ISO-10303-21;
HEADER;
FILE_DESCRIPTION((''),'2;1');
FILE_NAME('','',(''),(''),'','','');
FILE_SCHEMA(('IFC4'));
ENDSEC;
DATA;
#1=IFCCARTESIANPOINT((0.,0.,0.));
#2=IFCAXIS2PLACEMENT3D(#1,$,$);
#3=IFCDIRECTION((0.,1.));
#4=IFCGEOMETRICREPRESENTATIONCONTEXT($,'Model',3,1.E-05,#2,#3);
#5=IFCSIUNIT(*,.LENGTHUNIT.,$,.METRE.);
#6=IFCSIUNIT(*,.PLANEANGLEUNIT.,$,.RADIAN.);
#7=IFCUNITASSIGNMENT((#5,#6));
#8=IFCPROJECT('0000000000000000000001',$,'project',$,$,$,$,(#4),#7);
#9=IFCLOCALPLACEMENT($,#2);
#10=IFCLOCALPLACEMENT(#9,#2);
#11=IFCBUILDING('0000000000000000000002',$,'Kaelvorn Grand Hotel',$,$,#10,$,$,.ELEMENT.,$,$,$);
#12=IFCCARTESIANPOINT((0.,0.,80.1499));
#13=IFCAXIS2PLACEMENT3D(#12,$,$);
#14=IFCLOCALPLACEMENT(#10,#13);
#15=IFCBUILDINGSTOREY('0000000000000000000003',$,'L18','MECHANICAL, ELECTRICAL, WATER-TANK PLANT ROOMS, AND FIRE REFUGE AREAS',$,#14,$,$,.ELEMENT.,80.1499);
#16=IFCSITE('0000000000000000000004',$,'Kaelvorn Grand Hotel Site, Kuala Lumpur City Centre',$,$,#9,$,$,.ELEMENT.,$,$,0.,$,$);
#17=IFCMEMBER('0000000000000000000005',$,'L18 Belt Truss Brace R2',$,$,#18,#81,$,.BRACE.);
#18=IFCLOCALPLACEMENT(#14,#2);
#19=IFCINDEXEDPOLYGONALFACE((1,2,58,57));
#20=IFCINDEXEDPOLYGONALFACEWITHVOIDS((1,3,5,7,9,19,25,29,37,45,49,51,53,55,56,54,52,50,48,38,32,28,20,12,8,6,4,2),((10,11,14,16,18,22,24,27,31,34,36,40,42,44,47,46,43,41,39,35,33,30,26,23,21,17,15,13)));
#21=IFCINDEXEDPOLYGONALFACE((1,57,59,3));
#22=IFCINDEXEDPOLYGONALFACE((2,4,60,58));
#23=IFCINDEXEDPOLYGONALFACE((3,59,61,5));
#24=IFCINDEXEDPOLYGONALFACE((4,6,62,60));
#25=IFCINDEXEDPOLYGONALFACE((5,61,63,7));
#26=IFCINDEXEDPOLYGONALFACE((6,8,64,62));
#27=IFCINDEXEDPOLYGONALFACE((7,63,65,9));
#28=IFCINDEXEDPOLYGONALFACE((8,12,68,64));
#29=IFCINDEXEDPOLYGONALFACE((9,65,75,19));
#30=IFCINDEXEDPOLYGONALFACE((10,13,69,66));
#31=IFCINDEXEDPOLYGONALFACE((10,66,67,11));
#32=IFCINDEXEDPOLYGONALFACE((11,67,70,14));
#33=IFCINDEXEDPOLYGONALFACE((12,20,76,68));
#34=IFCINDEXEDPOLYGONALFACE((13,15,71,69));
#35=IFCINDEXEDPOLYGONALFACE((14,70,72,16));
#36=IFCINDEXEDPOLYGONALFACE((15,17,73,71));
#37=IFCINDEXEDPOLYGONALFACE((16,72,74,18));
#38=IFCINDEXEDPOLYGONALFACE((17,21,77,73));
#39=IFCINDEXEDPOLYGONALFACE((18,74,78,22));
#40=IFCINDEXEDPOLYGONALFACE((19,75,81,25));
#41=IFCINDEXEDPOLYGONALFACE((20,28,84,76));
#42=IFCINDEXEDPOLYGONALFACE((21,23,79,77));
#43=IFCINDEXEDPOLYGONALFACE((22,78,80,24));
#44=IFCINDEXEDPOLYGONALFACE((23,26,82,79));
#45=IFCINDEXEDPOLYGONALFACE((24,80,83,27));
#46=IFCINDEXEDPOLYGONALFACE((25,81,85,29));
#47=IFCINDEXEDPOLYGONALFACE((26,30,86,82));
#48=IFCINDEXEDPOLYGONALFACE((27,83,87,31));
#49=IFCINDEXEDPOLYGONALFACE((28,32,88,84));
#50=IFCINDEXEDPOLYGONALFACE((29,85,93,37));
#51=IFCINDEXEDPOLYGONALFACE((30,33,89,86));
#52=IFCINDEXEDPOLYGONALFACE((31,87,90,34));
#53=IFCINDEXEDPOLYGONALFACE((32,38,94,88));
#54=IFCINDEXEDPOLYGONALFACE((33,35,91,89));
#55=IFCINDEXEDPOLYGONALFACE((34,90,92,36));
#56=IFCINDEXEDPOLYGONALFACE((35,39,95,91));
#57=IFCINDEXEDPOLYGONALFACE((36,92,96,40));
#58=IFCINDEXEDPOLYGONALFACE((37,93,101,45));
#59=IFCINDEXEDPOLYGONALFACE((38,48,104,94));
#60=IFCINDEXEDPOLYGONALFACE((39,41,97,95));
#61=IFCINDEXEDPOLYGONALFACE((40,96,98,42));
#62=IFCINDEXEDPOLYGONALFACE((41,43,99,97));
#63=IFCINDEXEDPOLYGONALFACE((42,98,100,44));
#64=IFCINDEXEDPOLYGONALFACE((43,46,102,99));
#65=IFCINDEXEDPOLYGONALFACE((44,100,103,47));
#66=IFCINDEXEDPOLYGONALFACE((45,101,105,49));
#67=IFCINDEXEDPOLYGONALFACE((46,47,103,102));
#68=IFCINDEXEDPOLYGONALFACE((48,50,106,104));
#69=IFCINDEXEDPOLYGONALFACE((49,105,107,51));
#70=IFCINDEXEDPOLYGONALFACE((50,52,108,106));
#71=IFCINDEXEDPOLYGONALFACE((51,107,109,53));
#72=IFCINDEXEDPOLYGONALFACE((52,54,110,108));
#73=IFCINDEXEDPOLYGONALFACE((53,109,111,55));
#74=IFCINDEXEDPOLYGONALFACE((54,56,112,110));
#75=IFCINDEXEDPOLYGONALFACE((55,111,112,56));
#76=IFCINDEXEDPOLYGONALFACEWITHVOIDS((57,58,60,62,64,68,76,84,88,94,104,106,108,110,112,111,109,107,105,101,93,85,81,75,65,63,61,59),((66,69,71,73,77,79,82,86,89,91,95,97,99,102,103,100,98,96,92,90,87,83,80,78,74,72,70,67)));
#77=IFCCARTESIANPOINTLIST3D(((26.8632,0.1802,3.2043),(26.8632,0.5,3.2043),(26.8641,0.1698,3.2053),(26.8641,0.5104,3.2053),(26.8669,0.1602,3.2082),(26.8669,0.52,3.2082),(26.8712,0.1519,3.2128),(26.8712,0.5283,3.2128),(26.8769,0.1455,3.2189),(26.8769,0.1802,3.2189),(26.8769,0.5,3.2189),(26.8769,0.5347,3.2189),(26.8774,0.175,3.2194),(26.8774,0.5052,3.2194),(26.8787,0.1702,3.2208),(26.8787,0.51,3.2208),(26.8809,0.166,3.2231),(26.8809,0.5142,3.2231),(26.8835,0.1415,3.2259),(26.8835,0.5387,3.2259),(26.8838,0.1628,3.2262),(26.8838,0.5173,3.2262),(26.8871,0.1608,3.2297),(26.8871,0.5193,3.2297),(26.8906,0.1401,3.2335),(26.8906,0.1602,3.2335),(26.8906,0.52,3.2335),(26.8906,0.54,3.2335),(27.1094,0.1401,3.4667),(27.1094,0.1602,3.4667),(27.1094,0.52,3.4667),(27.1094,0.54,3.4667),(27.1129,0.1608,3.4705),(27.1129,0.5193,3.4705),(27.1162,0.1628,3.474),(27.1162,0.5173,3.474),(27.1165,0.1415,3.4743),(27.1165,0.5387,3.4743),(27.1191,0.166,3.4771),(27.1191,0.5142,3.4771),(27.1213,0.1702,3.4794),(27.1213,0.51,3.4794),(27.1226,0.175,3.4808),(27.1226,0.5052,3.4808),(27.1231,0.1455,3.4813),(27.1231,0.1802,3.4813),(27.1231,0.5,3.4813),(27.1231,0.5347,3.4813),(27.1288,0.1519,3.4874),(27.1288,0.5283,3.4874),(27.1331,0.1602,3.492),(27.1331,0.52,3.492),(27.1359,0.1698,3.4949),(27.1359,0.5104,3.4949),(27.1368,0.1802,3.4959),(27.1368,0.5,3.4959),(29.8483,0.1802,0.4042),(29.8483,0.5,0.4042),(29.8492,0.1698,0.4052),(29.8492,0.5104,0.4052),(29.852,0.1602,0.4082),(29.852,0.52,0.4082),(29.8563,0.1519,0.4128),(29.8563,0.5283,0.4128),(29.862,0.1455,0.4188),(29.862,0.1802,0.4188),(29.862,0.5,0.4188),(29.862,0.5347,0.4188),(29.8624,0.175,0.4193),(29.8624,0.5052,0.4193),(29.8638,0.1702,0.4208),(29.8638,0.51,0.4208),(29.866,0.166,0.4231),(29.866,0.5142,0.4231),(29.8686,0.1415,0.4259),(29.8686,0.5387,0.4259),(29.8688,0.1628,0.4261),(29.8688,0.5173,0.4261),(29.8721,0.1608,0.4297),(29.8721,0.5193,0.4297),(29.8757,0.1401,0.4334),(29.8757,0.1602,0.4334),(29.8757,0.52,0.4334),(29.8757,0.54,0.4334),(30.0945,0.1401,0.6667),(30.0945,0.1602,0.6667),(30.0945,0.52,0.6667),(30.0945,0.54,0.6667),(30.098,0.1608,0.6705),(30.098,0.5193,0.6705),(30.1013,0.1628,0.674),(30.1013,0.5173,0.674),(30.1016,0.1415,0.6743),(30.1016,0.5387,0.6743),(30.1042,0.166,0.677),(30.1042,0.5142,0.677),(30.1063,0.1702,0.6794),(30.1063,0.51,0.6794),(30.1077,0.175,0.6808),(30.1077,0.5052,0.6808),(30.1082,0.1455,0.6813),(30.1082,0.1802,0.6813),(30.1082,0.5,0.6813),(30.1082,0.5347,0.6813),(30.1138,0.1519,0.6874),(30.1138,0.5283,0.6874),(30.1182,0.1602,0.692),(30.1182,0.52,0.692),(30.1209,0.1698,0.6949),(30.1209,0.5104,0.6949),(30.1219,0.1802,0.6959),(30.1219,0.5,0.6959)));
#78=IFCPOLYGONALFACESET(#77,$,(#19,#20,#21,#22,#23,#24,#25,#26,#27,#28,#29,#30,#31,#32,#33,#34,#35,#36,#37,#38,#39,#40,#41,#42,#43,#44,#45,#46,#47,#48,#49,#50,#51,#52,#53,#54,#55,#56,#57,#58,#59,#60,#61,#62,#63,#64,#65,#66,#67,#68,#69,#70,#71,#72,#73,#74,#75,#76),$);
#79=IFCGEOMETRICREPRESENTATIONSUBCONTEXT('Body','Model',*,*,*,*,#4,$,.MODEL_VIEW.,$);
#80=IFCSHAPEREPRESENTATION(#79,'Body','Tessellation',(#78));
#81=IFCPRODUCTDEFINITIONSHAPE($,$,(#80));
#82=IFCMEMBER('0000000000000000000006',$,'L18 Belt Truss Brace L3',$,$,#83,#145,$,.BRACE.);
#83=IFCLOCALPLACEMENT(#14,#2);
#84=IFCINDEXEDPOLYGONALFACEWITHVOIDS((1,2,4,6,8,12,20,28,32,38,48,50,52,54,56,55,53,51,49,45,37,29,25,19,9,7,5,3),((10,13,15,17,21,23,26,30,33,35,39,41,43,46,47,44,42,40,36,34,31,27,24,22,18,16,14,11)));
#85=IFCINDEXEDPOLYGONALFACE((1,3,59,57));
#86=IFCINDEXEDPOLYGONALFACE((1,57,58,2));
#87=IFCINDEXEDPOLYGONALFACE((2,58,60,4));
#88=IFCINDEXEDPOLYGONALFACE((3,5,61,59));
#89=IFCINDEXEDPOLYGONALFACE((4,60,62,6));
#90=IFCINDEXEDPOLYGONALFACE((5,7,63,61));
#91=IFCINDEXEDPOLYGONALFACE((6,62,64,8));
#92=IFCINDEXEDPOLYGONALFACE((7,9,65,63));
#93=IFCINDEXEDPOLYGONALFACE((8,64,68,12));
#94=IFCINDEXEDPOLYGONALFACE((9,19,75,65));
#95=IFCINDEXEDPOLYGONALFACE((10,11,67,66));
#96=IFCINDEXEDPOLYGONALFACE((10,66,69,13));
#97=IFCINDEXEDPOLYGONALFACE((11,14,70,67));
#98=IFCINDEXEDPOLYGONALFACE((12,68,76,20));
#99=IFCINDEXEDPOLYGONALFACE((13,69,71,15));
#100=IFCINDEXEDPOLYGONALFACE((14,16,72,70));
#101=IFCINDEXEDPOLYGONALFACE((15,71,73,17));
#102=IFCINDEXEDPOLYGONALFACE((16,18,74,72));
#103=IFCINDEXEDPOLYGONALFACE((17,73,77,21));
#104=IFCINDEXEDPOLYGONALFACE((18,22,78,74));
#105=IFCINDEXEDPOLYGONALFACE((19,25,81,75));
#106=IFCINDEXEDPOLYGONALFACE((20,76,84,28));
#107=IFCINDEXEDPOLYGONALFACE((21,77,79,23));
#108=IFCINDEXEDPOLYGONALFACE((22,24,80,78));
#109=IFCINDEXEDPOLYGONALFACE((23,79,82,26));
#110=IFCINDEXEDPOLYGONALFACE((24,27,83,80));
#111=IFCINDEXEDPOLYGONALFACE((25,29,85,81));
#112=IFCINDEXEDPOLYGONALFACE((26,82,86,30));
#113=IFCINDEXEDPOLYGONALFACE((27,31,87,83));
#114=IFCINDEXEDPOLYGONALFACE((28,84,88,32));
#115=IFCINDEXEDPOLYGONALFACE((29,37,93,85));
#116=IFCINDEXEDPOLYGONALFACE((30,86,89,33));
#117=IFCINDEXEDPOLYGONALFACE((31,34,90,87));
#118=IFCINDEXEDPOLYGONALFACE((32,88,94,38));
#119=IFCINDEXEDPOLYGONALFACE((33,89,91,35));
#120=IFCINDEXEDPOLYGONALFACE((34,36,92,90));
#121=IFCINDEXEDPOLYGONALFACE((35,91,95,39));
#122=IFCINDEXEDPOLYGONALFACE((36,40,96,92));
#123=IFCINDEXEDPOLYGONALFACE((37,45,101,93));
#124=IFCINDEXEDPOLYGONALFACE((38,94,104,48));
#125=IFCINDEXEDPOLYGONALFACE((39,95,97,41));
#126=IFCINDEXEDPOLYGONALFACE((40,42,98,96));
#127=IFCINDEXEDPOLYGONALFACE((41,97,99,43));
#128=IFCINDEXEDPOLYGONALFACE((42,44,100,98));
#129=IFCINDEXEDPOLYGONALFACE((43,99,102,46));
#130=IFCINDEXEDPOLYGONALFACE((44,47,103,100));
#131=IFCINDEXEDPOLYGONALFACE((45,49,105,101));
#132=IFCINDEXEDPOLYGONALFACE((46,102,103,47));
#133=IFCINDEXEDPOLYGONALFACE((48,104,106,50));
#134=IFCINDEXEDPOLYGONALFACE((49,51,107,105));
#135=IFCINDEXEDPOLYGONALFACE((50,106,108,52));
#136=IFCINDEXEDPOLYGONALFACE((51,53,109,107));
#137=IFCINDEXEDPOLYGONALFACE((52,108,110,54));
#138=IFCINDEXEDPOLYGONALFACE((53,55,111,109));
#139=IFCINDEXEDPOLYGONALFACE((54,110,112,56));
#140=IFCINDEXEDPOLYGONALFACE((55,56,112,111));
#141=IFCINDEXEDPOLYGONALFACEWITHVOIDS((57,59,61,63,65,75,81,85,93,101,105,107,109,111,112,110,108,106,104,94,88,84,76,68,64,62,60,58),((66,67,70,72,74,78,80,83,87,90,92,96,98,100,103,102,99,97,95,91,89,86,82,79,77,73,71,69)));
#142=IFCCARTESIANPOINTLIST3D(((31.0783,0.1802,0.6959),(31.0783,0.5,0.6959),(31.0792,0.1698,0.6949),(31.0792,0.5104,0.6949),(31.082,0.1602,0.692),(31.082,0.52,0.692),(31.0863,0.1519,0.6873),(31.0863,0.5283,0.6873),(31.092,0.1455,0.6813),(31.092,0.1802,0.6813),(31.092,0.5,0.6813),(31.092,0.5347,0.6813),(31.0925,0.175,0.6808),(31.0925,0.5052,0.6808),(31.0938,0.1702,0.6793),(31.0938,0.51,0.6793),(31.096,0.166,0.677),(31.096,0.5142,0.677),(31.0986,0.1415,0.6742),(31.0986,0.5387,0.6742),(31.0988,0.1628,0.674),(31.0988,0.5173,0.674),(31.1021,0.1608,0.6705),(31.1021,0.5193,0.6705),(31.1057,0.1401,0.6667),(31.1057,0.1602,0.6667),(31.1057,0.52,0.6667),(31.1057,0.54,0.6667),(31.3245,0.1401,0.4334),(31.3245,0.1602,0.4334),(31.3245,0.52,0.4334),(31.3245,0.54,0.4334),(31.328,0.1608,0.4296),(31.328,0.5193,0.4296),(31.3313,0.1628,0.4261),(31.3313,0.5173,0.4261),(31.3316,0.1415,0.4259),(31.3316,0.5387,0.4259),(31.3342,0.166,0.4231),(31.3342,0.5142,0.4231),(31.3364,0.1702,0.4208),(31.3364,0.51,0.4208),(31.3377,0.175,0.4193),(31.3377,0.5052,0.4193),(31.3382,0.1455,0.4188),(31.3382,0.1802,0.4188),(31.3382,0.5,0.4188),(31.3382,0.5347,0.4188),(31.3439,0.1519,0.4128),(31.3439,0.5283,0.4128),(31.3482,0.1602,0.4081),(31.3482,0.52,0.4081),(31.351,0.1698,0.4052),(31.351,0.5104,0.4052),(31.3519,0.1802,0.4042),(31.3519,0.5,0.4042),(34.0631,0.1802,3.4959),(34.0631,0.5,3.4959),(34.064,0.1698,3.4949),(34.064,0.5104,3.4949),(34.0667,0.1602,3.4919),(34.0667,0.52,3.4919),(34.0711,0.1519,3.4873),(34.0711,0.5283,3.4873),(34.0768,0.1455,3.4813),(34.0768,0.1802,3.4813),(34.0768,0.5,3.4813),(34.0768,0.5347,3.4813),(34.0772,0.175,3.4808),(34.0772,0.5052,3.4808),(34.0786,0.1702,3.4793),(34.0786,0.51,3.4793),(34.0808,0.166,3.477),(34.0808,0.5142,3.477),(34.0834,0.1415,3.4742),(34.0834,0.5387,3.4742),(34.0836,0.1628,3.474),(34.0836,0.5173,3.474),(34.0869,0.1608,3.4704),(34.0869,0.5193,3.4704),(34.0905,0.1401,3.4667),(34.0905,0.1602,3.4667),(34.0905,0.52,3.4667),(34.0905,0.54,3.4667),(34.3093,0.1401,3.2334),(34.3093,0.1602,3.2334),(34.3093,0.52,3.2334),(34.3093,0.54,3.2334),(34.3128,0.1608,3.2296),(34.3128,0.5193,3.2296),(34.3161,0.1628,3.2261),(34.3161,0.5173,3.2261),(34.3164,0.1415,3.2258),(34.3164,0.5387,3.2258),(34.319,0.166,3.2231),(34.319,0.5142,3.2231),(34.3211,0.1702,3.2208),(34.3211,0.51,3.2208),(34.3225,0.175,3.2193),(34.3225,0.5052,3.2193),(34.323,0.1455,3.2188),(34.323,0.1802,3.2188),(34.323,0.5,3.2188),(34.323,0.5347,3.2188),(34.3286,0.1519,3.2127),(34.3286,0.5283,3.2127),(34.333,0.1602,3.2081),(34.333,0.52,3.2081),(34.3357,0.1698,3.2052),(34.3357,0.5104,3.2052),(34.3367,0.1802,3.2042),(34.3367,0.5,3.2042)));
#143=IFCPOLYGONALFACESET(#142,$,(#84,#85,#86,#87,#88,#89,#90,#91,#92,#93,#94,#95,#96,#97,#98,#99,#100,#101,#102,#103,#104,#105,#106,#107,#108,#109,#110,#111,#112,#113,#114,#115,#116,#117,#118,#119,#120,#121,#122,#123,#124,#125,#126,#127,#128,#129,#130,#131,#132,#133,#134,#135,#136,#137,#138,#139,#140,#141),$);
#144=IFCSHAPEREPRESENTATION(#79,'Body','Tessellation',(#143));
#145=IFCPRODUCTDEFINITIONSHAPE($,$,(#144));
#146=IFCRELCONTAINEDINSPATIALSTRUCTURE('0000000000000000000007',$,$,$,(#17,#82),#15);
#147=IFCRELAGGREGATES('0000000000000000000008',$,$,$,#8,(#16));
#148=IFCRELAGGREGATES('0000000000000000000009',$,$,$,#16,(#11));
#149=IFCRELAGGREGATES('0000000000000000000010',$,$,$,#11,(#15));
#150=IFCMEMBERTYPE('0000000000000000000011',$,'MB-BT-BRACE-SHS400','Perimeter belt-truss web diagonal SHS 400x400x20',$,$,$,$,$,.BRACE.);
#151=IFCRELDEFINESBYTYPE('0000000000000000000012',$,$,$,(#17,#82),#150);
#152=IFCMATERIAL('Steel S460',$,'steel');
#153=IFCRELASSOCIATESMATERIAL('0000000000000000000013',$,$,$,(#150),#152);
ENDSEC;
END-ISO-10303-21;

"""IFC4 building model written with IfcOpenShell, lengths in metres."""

from ifc_helpers import new_model, si_unit, direction, frame, origin, origin_2d, place, context, subcontext, project, spatial, hollow_rectangle, extrude, material, material_profile, profile_set, type_object, element, save


model = new_model("IFC4")

# Units and contexts
model_context = context("Model", 3, precision=1e-05, world=origin(), true_north=direction((0.0, 1.0)))
body_context = subcontext(model_context, "Body", "Model", "MODEL_VIEW")
ifc_project = project(units=[si_unit("LENGTHUNIT", "METRE"), si_unit("PLANEANGLEUNIT", "RADIAN")], contexts=[model_context])

# Site, building, storey
site_placement = place(None, origin())
site = spatial("IfcSite", under=ifc_project, at=site_placement, Name="Kaelvorn Grand Hotel Site, Kuala Lumpur City Centre", CompositionType="ELEMENT", RefElevation=0.0)
building_placement = place(site_placement, origin())
building = spatial("IfcBuilding", under=site, at=building_placement, Name="Kaelvorn Grand Hotel", CompositionType="ELEMENT")
storey_placement = place(building_placement, frame((0.0, 0.0, 80.1499)))
storey = spatial("IfcBuildingStorey", under=building, at=storey_placement, Name="L18", Description="MECHANICAL, ELECTRICAL, WATER-TANK PLANT ROOMS, AND FIRE REFUGE AREAS", CompositionType="ELEMENT", Elevation=80.1499)

# Members
ifc_material_1 = material(Name="Steel S460", Category="steel")
ifc_material_profile_1 = material_profile(ifc_material_1, hollow_rectangle(XDim=0.3999, YDim=0.3999, WallThickness=0.02, InnerFilletRadius=0.02, OuterFilletRadius=0.04, at=origin_2d()), Name="SHS 400x400x20.0")
ifc_profile_set_1 = profile_set([ifc_material_profile_1], Name="Steel S460")
member_type_1 = type_object("IfcMemberType", Name="MB-BT-BRACE-SHS400", Description="Perimeter belt-truss web diagonal SHS 400x400x20", PredefinedType="BRACE", material=ifc_profile_set_1)
for number, where, z_axis, x_axis, name in (
    (1, (27.0, 0.3401, 3.3501), (0.729353, 0.0, -0.684138), (0.0, 1.0, 0.0), "L18 Belt Truss Brace R2"),
):
    element("IfcMember", number, at=place(storey_placement, frame(where, z_axis=z_axis, x_axis=x_axis)), inside=storey, type_object=member_type_1, Name=name, PredefinedType="BRACE", context=body_context, shape_type="SweptSolid", body=[
        extrude(hollow_rectangle(XDim=0.3999, YDim=0.3999, WallThickness=0.02, InnerFilletRadius=0.02, OuterFilletRadius=0.04, at=origin_2d()), origin(), (0.0, 0.0, 1.0), 4.0928),
    ])
member_1_placement = place(storey_placement, frame((31.2151, 0.3401, 0.55), z_axis=(0.729325, 0.0, 0.684167), x_axis=(0.0, 1.0, 0.0)))
element("IfcMember", 2, at=member_1_placement, inside=storey, type_object=member_type_1, Name="L18 Belt Truss Brace L3", PredefinedType="BRACE", context=body_context, shape_type="SweptSolid", body=[
    extrude(hollow_rectangle(XDim=0.3999, YDim=0.3999, WallThickness=0.02, InnerFilletRadius=0.02, OuterFilletRadius=0.04, at=origin_2d()), origin(), (0.0, 0.0, 1.0), 4.0925),
])

save(model, "model.ifc")
